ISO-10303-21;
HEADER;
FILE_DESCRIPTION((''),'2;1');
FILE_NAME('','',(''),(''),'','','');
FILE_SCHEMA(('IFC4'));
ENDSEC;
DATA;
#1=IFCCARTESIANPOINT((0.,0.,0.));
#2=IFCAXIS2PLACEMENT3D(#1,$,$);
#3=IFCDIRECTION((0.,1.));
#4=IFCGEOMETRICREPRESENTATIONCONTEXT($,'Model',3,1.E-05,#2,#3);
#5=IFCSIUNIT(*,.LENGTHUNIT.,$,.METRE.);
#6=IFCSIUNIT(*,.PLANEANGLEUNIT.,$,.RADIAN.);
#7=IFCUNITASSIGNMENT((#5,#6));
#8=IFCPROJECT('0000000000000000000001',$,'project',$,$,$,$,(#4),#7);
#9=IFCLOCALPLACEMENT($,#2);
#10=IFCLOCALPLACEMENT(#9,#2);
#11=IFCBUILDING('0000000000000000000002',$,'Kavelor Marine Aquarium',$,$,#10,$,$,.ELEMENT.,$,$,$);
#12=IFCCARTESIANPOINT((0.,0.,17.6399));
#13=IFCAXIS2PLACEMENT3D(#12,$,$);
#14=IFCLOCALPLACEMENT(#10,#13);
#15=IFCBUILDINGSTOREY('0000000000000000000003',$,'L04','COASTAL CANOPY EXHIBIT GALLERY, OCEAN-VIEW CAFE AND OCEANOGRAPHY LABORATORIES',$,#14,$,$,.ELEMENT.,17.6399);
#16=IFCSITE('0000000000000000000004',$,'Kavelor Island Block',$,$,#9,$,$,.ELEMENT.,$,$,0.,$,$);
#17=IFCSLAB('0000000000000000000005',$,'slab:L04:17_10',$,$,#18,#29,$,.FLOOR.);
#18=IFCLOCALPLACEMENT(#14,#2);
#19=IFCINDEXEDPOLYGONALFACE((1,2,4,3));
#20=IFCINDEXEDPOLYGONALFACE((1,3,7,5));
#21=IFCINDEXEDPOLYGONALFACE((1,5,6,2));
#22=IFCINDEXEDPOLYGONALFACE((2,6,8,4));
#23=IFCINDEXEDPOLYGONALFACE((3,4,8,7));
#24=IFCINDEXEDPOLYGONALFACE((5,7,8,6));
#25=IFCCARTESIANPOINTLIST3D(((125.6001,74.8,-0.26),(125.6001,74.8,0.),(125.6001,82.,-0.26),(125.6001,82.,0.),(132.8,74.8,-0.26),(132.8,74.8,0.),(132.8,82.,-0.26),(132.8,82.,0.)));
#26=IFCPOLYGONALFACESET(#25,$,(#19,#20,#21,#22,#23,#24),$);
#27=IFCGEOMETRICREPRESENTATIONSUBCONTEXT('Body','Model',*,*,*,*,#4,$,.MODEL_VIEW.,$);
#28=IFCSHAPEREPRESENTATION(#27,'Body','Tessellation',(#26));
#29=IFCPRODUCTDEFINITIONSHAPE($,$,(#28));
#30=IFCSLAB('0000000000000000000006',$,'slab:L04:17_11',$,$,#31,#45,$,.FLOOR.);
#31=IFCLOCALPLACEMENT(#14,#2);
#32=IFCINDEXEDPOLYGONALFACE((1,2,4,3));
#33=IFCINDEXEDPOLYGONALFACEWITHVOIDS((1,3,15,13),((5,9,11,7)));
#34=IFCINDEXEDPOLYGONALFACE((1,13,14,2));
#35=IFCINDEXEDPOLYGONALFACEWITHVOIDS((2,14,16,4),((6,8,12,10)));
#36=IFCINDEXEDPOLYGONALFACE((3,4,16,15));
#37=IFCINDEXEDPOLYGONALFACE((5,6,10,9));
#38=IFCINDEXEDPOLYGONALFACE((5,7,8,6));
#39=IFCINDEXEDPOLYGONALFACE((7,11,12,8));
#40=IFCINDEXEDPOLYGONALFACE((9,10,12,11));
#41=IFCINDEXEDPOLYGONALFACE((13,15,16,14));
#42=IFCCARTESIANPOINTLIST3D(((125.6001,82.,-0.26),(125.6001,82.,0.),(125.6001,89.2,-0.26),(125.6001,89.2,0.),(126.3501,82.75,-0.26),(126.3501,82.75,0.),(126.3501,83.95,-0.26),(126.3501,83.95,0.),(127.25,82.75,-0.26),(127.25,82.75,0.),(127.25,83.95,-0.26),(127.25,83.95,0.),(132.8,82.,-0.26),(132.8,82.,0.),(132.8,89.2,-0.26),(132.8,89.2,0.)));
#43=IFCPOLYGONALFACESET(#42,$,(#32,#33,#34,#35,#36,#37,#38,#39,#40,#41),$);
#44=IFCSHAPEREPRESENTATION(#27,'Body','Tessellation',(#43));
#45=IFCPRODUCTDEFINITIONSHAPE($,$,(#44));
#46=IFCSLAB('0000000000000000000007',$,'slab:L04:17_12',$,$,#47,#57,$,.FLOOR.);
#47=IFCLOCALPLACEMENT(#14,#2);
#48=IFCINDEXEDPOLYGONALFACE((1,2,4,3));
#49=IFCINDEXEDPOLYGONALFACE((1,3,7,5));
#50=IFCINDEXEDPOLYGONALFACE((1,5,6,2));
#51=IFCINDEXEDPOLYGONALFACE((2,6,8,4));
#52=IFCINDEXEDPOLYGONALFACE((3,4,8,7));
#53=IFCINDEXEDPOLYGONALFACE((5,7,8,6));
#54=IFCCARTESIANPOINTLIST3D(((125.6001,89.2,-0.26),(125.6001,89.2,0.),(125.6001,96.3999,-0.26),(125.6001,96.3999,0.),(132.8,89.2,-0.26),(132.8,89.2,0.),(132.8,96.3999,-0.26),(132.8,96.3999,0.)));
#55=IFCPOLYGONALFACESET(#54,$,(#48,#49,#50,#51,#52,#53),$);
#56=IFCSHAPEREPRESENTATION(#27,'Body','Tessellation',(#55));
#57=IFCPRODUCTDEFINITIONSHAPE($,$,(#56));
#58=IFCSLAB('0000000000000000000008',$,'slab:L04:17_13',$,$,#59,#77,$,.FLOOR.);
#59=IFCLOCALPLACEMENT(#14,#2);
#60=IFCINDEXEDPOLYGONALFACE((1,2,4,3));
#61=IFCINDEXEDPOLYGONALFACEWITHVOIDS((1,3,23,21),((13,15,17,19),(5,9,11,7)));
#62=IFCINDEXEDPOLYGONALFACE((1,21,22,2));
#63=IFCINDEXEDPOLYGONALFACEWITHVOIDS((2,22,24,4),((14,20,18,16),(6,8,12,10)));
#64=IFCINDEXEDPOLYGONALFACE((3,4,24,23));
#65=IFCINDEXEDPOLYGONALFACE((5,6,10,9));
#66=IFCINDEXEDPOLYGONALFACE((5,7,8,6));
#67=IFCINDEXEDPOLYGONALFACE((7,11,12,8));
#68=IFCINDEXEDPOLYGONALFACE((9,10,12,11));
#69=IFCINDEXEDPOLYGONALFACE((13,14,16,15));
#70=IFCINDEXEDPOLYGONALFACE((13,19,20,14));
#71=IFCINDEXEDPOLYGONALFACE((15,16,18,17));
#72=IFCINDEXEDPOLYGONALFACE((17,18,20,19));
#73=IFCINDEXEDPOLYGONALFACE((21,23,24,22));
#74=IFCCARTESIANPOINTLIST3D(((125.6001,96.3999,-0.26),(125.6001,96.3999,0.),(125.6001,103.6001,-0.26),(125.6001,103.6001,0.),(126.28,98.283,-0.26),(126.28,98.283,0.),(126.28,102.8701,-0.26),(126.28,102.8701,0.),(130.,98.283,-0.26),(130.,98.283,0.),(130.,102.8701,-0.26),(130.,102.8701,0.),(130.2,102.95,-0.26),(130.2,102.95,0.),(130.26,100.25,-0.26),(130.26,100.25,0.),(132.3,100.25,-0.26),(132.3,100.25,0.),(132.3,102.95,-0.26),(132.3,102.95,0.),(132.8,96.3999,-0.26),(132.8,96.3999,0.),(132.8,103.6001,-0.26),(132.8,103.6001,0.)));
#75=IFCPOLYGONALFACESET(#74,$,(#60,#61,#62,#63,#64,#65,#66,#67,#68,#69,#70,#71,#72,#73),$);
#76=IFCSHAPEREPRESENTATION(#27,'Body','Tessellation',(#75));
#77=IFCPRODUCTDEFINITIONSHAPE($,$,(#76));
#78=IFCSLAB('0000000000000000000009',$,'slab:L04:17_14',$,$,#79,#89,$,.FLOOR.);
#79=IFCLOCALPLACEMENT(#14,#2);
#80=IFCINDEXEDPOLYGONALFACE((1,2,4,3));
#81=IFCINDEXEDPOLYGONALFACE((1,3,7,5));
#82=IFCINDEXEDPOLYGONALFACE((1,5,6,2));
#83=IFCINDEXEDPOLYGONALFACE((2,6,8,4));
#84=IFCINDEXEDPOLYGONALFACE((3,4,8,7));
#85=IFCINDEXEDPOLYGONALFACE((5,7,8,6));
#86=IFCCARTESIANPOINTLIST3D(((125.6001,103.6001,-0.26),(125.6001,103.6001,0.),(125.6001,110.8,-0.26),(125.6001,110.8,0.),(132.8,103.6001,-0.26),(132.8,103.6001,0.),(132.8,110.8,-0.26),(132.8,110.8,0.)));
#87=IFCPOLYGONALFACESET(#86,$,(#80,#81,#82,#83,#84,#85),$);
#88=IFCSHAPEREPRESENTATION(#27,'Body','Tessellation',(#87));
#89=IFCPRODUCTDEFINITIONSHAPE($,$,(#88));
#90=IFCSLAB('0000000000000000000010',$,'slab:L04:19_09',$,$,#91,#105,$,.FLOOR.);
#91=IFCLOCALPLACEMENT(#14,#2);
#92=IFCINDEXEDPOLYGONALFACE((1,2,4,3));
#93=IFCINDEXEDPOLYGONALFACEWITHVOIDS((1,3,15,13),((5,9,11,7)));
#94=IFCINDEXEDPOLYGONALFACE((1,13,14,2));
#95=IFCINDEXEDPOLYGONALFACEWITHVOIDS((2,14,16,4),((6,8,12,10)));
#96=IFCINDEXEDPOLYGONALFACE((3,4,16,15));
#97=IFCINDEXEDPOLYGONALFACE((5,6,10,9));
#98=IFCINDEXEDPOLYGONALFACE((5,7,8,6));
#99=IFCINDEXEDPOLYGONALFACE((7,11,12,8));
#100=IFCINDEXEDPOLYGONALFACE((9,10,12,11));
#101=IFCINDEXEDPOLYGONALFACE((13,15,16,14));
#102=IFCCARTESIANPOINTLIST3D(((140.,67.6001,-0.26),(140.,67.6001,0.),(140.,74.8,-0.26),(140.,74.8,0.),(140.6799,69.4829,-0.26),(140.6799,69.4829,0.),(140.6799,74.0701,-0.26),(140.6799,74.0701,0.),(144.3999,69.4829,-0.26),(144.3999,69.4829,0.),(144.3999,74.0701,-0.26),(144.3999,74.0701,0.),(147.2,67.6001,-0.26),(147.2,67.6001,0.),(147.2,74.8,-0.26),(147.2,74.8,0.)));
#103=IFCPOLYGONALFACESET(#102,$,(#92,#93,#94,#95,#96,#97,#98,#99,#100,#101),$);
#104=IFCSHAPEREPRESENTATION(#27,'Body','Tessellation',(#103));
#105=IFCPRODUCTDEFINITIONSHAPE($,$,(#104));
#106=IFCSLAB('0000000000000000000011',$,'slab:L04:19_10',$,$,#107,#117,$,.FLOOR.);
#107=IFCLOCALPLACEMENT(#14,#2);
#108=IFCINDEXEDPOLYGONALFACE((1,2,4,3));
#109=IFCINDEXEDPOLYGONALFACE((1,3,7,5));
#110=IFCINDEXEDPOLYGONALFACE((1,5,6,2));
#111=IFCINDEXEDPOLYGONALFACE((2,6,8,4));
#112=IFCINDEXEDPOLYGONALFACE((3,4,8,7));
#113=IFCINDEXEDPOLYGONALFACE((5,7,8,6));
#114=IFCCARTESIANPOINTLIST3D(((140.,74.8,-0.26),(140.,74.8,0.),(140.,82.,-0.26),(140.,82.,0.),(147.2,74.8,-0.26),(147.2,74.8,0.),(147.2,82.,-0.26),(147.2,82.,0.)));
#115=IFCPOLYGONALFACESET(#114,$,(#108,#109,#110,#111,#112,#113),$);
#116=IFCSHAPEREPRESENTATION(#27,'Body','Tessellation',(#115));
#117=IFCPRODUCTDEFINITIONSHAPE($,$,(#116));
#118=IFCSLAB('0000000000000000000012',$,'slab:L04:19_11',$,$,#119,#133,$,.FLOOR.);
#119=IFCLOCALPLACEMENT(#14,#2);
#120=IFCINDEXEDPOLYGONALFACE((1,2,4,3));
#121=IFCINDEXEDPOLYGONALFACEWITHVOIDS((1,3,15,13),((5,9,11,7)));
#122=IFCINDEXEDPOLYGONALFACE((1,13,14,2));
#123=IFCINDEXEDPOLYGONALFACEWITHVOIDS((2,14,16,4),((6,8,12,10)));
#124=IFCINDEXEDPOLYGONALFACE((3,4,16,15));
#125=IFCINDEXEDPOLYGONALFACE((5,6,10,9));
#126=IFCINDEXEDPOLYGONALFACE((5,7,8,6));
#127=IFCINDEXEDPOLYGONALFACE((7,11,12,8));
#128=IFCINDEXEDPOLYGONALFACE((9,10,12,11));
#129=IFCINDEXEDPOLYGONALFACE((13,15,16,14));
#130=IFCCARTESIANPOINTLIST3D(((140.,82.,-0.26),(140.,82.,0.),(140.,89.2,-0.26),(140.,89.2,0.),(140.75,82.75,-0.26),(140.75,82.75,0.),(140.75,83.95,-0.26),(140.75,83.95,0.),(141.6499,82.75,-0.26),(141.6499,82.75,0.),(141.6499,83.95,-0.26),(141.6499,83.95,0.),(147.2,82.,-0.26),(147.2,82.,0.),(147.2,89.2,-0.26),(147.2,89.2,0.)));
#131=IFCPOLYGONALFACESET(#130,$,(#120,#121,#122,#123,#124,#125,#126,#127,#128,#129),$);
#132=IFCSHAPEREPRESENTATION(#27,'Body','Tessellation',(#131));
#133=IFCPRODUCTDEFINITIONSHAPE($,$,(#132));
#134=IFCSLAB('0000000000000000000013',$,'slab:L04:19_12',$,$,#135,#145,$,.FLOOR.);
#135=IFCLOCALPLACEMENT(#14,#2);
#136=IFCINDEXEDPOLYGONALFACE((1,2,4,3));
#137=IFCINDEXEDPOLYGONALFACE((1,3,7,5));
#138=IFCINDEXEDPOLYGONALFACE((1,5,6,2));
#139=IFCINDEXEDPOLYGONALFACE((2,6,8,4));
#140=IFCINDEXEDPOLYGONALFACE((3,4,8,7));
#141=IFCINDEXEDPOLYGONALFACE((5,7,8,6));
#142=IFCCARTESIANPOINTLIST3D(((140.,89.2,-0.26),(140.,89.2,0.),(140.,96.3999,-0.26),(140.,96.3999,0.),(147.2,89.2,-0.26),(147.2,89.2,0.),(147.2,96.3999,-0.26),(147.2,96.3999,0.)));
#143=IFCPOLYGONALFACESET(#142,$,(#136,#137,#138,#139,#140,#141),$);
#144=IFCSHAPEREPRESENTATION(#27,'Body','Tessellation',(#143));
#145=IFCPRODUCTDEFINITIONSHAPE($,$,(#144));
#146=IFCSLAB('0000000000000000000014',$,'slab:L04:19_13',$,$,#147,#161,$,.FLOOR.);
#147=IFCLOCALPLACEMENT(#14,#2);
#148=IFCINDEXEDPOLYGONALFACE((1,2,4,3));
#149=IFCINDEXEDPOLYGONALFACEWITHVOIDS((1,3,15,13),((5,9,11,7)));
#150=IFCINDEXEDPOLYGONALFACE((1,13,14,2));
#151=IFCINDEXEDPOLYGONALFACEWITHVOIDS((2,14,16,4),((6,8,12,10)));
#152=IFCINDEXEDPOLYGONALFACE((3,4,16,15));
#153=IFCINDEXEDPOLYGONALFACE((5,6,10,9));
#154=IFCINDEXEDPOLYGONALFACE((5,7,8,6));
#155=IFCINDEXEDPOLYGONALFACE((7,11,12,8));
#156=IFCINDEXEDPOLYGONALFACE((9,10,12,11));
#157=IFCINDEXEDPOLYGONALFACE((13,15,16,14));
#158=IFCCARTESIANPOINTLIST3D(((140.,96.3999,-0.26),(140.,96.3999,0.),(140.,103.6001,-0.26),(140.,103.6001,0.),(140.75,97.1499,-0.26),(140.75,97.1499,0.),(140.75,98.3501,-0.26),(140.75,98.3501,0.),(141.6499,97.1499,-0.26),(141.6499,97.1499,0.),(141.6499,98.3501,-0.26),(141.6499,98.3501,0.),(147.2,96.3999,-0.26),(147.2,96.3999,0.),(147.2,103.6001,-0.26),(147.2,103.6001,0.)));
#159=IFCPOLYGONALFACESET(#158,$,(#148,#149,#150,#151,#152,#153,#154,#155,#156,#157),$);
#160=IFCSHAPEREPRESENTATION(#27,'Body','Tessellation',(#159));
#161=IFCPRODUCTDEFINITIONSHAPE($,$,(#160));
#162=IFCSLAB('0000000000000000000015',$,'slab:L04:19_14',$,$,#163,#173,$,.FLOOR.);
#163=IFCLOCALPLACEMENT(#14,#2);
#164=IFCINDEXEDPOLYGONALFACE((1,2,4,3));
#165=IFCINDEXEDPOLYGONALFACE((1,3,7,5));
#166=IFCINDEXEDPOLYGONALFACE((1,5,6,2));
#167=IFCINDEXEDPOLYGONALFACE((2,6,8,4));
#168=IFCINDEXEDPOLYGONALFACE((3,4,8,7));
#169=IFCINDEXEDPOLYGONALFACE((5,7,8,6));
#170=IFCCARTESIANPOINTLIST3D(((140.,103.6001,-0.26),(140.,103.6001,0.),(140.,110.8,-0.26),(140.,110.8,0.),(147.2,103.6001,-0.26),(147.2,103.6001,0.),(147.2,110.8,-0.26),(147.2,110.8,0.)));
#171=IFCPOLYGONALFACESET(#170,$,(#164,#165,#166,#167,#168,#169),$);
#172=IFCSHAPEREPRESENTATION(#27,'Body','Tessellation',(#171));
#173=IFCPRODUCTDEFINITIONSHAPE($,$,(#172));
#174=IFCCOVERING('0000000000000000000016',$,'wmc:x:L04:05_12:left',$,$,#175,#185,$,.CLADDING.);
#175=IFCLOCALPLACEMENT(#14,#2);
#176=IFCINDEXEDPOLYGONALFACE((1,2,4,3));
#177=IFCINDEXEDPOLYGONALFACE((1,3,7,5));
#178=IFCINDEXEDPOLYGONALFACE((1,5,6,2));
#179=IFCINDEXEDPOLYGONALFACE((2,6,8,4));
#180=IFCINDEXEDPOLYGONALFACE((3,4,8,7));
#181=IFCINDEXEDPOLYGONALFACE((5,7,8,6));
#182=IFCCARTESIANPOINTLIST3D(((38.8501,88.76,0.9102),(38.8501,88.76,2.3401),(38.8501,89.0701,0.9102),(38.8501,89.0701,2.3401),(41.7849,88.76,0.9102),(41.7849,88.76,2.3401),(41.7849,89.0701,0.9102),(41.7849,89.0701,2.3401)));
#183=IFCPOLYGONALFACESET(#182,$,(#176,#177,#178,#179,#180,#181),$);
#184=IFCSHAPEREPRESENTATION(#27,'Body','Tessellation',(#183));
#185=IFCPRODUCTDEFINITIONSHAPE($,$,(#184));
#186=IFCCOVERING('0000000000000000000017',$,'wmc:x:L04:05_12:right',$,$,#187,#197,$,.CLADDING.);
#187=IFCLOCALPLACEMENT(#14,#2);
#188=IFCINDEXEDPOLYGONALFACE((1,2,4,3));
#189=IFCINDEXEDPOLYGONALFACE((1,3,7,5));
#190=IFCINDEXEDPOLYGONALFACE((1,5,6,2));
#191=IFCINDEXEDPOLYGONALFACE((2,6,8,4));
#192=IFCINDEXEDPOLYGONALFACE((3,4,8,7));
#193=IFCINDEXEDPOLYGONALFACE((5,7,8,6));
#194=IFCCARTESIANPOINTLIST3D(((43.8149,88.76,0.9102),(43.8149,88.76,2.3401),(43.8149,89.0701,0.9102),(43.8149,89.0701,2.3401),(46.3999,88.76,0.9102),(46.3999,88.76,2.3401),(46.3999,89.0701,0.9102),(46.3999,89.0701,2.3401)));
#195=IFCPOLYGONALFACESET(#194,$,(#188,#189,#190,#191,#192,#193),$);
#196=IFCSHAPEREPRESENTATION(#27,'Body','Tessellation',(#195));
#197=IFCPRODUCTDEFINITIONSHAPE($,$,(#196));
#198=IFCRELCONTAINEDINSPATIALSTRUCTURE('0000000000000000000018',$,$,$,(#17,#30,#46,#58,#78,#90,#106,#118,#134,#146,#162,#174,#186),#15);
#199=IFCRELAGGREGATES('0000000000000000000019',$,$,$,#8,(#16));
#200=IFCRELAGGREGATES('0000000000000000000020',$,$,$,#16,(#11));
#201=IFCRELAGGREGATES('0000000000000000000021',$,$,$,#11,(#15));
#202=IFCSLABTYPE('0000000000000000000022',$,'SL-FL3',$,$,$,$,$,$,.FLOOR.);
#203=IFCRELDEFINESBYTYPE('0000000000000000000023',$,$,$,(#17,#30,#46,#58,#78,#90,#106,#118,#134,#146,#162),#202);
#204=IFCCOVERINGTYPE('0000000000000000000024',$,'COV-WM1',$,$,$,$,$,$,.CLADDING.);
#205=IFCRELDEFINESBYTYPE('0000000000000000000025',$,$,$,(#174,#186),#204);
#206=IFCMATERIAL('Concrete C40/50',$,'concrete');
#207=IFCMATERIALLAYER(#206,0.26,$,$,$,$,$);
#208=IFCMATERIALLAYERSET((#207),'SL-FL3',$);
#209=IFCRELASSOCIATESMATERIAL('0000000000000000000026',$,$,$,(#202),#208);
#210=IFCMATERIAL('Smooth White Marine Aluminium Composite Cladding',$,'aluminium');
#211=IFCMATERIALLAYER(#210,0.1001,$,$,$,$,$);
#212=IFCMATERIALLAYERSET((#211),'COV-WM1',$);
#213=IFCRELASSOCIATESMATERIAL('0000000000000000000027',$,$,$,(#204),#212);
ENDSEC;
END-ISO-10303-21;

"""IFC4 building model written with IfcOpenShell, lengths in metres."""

from ifc_helpers import new_model, si_unit, direction, frame, origin, place, context, subcontext, project, spatial, polyline, outline, extrude, material, layer, layer_set, type_object, element, save


model = new_model("IFC4")

# Units and contexts
model_context = context("Model", 3, precision=1e-05, world=origin(), true_north=direction((0.0, 1.0)))
body_context = subcontext(model_context, "Body", "Model", "MODEL_VIEW")
ifc_project = project(units=[si_unit("LENGTHUNIT", "METRE"), si_unit("PLANEANGLEUNIT", "RADIAN")], contexts=[model_context])

# Site, building, storey
site_placement = place(None, origin())
site = spatial("IfcSite", under=ifc_project, at=site_placement, Name="Kavelor Island Block", CompositionType="ELEMENT", RefElevation=0.0)
building_placement = place(site_placement, origin())
building = spatial("IfcBuilding", under=site, at=building_placement, Name="Kavelor Marine Aquarium", CompositionType="ELEMENT")
storey_placement = place(building_placement, frame((0.0, 0.0, 17.6399)))
storey = spatial("IfcBuildingStorey", under=building, at=storey_placement, Name="L04", Description="COASTAL CANOPY EXHIBIT GALLERY, OCEAN-VIEW CAFE AND OCEANOGRAPHY LABORATORIES", CompositionType="ELEMENT", Elevation=17.6399)

# Slabs
ifc_material_1 = material(Name="Concrete C40/50", Category="concrete")
ifc_layer_1 = layer(ifc_material_1, 0.26)
ifc_layer_set_1 = layer_set([ifc_layer_1], Name="SL-FL3")
slab_type = type_object("IfcSlabType", Name="SL-FL3", PredefinedType="FLOOR", material=ifc_layer_set_1)
slab_1_placement = place(storey_placement, frame((0.0, 0.0, -0.26)))
element("IfcSlab", 1, at=slab_1_placement, inside=storey, type_object=slab_type, Name="slab:L04:17_10", PredefinedType="FLOOR", context=body_context, shape_type="SweptSolid", body=[
    extrude(outline(polyline([(125.6001, 74.8), (132.8, 74.8), (132.8, 82.0), (125.6001, 82.0), (125.6001, 74.8)])), origin(), (0.0, 0.0, 1.0), 0.26),
])
slab_2_placement = place(storey_placement, frame((0.0, 0.0, -0.26)))
element("IfcSlab", 2, at=slab_2_placement, inside=storey, type_object=slab_type, Name="slab:L04:17_11", PredefinedType="FLOOR", context=body_context, shape_type="SweptSolid", body=[
    extrude(outline(polyline([(125.6001, 82.0), (132.8, 82.0), (132.8, 89.2), (125.6001, 89.2), (125.6001, 82.0)]), holes=[polyline([(126.3501, 82.75), (127.25, 82.75), (127.25, 83.95), (126.3501, 83.95), (126.3501, 82.75)])]), origin(), (0.0, 0.0, 1.0), 0.26),
])
slab_3_placement = place(storey_placement, frame((0.0, 0.0, -0.26)))
element("IfcSlab", 3, at=slab_3_placement, inside=storey, type_object=slab_type, Name="slab:L04:17_12", PredefinedType="FLOOR", context=body_context, shape_type="SweptSolid", body=[
    extrude(outline(polyline([(125.6001, 89.2), (132.8, 89.2), (132.8, 96.3999), (125.6001, 96.3999), (125.6001, 89.2)])), origin(), (0.0, 0.0, 1.0), 0.26),
])
slab_4_placement = place(storey_placement, frame((0.0, 0.0, -0.26)))
element("IfcSlab", 4, at=slab_4_placement, inside=storey, type_object=slab_type, Name="slab:L04:17_13", PredefinedType="FLOOR", context=body_context, shape_type="SweptSolid", body=[
    extrude(outline(polyline([(125.6001, 96.3999), (132.8, 96.3999), (132.8, 103.6001), (125.6001, 103.6001), (125.6001, 96.3999)]), holes=[polyline([(126.28, 98.283), (130.0, 98.283), (130.0, 102.8701), (126.28, 102.8701), (126.28, 98.283)]), polyline([(130.26, 100.25), (132.3, 100.25), (132.3, 102.95), (130.2, 102.95), (130.26, 100.25)])]), origin(), (0.0, 0.0, 1.0), 0.26),
])
slab_5_placement = place(storey_placement, frame((0.0, 0.0, -0.26)))
element("IfcSlab", 5, at=slab_5_placement, inside=storey, type_object=slab_type, Name="slab:L04:17_14", PredefinedType="FLOOR", context=body_context, shape_type="SweptSolid", body=[
    extrude(outline(polyline([(125.6001, 103.6001), (132.8, 103.6001), (132.8, 110.8), (125.6001, 110.8), (125.6001, 103.6001)])), origin(), (0.0, 0.0, 1.0), 0.26),
])
slab_6_placement = place(storey_placement, frame((0.0, 0.0, -0.26)))
element("IfcSlab", 6, at=slab_6_placement, inside=storey, type_object=slab_type, Name="slab:L04:19_09", PredefinedType="FLOOR", context=body_context, shape_type="SweptSolid", body=[
    extrude(outline(polyline([(140.0, 67.6001), (147.2, 67.6001), (147.2, 74.8), (140.0, 74.8), (140.0, 67.6001)]), holes=[polyline([(140.6799, 69.4829), (144.3999, 69.4829), (144.3999, 74.0701), (140.6799, 74.0701), (140.6799, 69.4829)])]), origin(), (0.0, 0.0, 1.0), 0.26),
])
slab_7_placement = place(storey_placement, frame((0.0, 0.0, -0.26)))
element("IfcSlab", 7, at=slab_7_placement, inside=storey, type_object=slab_type, Name="slab:L04:19_10", PredefinedType="FLOOR", context=body_context, shape_type="SweptSolid", body=[
    extrude(outline(polyline([(140.0, 74.8), (147.2, 74.8), (147.2, 82.0), (140.0, 82.0), (140.0, 74.8)])), origin(), (0.0, 0.0, 1.0), 0.26),
])
slab_8_placement = place(storey_placement, frame((0.0, 0.0, -0.26)))
element("IfcSlab", 8, at=slab_8_placement, inside=storey, type_object=slab_type, Name="slab:L04:19_11", PredefinedType="FLOOR", context=body_context, shape_type="SweptSolid", body=[
    extrude(outline(polyline([(140.0, 82.0), (147.2, 82.0), (147.2, 89.2), (140.0, 89.2), (140.0, 82.0)]), holes=[polyline([(140.75, 82.75), (141.6499, 82.75), (141.6499, 83.95), (140.75, 83.95), (140.75, 82.75)])]), origin(), (0.0, 0.0, 1.0), 0.26),
])
slab_9_placement = place(storey_placement, frame((0.0, 0.0, -0.26)))
element("IfcSlab", 9, at=slab_9_placement, inside=storey, type_object=slab_type, Name="slab:L04:19_12", PredefinedType="FLOOR", context=body_context, shape_type="SweptSolid", body=[
    extrude(outline(polyline([(140.0, 89.2), (147.2, 89.2), (147.2, 96.3999), (140.0, 96.3999), (140.0, 89.2)])), origin(), (0.0, 0.0, 1.0), 0.26),
])
slab_10_placement = place(storey_placement, frame((0.0, 0.0, -0.26)))
element("IfcSlab", 10, at=slab_10_placement, inside=storey, type_object=slab_type, Name="slab:L04:19_13", PredefinedType="FLOOR", context=body_context, shape_type="SweptSolid", body=[
    extrude(outline(polyline([(140.0, 96.3999), (147.2, 96.3999), (147.2, 103.6001), (140.0, 103.6001), (140.0, 96.3999)]), holes=[polyline([(140.75, 97.1499), (141.6499, 97.1499), (141.6499, 98.3501), (140.75, 98.3501), (140.75, 97.1499)])]), origin(), (0.0, 0.0, 1.0), 0.26),
])
slab_11_placement = place(storey_placement, frame((0.0, 0.0, -0.26)))
element("IfcSlab", 11, at=slab_11_placement, inside=storey, type_object=slab_type, Name="slab:L04:19_14", PredefinedType="FLOOR", context=body_context, shape_type="SweptSolid", body=[
    extrude(outline(polyline([(140.0, 103.6001), (147.2, 103.6001), (147.2, 110.8), (140.0, 110.8), (140.0, 103.6001)])), origin(), (0.0, 0.0, 1.0), 0.26),
])

# Coverings
ifc_material_2 = material(Name="Smooth White Marine Aluminium Composite Cladding", Category="aluminium")
ifc_layer_2 = layer(ifc_material_2, 0.1001)
ifc_layer_set_2 = layer_set([ifc_layer_2], Name="COV-WM1")
covering_type = type_object("IfcCoveringType", Name="COV-WM1", PredefinedType="CLADDING", material=ifc_layer_set_2)
covering_1_placement = place(storey_placement, frame((0.0, 0.0, 0.9102)))
element("IfcCovering", 12, at=covering_1_placement, inside=storey, type_object=covering_type, Name="wmc:x:L04:05_12:left", PredefinedType="CLADDING", context=body_context, shape_type="SweptSolid", body=[
    extrude(outline(polyline([(38.8501, 88.76), (41.7849, 88.76), (41.7849, 89.0701), (38.8501, 89.0701), (38.8501, 88.76)])), origin(), (0.0, 0.0, 1.0), 1.4299),
])
covering_2_placement = place(storey_placement, frame((0.0, 0.0, 0.9102)))
element("IfcCovering", 13, at=covering_2_placement, inside=storey, type_object=covering_type, Name="wmc:x:L04:05_12:right", PredefinedType="CLADDING", context=body_context, shape_type="SweptSolid", body=[
    extrude(outline(polyline([(43.8149, 88.76), (46.3999, 88.76), (46.3999, 89.0701), (43.8149, 89.0701), (43.8149, 88.76)])), origin(), (0.0, 0.0, 1.0), 1.4299),
])

save(model, "model.ifc")
